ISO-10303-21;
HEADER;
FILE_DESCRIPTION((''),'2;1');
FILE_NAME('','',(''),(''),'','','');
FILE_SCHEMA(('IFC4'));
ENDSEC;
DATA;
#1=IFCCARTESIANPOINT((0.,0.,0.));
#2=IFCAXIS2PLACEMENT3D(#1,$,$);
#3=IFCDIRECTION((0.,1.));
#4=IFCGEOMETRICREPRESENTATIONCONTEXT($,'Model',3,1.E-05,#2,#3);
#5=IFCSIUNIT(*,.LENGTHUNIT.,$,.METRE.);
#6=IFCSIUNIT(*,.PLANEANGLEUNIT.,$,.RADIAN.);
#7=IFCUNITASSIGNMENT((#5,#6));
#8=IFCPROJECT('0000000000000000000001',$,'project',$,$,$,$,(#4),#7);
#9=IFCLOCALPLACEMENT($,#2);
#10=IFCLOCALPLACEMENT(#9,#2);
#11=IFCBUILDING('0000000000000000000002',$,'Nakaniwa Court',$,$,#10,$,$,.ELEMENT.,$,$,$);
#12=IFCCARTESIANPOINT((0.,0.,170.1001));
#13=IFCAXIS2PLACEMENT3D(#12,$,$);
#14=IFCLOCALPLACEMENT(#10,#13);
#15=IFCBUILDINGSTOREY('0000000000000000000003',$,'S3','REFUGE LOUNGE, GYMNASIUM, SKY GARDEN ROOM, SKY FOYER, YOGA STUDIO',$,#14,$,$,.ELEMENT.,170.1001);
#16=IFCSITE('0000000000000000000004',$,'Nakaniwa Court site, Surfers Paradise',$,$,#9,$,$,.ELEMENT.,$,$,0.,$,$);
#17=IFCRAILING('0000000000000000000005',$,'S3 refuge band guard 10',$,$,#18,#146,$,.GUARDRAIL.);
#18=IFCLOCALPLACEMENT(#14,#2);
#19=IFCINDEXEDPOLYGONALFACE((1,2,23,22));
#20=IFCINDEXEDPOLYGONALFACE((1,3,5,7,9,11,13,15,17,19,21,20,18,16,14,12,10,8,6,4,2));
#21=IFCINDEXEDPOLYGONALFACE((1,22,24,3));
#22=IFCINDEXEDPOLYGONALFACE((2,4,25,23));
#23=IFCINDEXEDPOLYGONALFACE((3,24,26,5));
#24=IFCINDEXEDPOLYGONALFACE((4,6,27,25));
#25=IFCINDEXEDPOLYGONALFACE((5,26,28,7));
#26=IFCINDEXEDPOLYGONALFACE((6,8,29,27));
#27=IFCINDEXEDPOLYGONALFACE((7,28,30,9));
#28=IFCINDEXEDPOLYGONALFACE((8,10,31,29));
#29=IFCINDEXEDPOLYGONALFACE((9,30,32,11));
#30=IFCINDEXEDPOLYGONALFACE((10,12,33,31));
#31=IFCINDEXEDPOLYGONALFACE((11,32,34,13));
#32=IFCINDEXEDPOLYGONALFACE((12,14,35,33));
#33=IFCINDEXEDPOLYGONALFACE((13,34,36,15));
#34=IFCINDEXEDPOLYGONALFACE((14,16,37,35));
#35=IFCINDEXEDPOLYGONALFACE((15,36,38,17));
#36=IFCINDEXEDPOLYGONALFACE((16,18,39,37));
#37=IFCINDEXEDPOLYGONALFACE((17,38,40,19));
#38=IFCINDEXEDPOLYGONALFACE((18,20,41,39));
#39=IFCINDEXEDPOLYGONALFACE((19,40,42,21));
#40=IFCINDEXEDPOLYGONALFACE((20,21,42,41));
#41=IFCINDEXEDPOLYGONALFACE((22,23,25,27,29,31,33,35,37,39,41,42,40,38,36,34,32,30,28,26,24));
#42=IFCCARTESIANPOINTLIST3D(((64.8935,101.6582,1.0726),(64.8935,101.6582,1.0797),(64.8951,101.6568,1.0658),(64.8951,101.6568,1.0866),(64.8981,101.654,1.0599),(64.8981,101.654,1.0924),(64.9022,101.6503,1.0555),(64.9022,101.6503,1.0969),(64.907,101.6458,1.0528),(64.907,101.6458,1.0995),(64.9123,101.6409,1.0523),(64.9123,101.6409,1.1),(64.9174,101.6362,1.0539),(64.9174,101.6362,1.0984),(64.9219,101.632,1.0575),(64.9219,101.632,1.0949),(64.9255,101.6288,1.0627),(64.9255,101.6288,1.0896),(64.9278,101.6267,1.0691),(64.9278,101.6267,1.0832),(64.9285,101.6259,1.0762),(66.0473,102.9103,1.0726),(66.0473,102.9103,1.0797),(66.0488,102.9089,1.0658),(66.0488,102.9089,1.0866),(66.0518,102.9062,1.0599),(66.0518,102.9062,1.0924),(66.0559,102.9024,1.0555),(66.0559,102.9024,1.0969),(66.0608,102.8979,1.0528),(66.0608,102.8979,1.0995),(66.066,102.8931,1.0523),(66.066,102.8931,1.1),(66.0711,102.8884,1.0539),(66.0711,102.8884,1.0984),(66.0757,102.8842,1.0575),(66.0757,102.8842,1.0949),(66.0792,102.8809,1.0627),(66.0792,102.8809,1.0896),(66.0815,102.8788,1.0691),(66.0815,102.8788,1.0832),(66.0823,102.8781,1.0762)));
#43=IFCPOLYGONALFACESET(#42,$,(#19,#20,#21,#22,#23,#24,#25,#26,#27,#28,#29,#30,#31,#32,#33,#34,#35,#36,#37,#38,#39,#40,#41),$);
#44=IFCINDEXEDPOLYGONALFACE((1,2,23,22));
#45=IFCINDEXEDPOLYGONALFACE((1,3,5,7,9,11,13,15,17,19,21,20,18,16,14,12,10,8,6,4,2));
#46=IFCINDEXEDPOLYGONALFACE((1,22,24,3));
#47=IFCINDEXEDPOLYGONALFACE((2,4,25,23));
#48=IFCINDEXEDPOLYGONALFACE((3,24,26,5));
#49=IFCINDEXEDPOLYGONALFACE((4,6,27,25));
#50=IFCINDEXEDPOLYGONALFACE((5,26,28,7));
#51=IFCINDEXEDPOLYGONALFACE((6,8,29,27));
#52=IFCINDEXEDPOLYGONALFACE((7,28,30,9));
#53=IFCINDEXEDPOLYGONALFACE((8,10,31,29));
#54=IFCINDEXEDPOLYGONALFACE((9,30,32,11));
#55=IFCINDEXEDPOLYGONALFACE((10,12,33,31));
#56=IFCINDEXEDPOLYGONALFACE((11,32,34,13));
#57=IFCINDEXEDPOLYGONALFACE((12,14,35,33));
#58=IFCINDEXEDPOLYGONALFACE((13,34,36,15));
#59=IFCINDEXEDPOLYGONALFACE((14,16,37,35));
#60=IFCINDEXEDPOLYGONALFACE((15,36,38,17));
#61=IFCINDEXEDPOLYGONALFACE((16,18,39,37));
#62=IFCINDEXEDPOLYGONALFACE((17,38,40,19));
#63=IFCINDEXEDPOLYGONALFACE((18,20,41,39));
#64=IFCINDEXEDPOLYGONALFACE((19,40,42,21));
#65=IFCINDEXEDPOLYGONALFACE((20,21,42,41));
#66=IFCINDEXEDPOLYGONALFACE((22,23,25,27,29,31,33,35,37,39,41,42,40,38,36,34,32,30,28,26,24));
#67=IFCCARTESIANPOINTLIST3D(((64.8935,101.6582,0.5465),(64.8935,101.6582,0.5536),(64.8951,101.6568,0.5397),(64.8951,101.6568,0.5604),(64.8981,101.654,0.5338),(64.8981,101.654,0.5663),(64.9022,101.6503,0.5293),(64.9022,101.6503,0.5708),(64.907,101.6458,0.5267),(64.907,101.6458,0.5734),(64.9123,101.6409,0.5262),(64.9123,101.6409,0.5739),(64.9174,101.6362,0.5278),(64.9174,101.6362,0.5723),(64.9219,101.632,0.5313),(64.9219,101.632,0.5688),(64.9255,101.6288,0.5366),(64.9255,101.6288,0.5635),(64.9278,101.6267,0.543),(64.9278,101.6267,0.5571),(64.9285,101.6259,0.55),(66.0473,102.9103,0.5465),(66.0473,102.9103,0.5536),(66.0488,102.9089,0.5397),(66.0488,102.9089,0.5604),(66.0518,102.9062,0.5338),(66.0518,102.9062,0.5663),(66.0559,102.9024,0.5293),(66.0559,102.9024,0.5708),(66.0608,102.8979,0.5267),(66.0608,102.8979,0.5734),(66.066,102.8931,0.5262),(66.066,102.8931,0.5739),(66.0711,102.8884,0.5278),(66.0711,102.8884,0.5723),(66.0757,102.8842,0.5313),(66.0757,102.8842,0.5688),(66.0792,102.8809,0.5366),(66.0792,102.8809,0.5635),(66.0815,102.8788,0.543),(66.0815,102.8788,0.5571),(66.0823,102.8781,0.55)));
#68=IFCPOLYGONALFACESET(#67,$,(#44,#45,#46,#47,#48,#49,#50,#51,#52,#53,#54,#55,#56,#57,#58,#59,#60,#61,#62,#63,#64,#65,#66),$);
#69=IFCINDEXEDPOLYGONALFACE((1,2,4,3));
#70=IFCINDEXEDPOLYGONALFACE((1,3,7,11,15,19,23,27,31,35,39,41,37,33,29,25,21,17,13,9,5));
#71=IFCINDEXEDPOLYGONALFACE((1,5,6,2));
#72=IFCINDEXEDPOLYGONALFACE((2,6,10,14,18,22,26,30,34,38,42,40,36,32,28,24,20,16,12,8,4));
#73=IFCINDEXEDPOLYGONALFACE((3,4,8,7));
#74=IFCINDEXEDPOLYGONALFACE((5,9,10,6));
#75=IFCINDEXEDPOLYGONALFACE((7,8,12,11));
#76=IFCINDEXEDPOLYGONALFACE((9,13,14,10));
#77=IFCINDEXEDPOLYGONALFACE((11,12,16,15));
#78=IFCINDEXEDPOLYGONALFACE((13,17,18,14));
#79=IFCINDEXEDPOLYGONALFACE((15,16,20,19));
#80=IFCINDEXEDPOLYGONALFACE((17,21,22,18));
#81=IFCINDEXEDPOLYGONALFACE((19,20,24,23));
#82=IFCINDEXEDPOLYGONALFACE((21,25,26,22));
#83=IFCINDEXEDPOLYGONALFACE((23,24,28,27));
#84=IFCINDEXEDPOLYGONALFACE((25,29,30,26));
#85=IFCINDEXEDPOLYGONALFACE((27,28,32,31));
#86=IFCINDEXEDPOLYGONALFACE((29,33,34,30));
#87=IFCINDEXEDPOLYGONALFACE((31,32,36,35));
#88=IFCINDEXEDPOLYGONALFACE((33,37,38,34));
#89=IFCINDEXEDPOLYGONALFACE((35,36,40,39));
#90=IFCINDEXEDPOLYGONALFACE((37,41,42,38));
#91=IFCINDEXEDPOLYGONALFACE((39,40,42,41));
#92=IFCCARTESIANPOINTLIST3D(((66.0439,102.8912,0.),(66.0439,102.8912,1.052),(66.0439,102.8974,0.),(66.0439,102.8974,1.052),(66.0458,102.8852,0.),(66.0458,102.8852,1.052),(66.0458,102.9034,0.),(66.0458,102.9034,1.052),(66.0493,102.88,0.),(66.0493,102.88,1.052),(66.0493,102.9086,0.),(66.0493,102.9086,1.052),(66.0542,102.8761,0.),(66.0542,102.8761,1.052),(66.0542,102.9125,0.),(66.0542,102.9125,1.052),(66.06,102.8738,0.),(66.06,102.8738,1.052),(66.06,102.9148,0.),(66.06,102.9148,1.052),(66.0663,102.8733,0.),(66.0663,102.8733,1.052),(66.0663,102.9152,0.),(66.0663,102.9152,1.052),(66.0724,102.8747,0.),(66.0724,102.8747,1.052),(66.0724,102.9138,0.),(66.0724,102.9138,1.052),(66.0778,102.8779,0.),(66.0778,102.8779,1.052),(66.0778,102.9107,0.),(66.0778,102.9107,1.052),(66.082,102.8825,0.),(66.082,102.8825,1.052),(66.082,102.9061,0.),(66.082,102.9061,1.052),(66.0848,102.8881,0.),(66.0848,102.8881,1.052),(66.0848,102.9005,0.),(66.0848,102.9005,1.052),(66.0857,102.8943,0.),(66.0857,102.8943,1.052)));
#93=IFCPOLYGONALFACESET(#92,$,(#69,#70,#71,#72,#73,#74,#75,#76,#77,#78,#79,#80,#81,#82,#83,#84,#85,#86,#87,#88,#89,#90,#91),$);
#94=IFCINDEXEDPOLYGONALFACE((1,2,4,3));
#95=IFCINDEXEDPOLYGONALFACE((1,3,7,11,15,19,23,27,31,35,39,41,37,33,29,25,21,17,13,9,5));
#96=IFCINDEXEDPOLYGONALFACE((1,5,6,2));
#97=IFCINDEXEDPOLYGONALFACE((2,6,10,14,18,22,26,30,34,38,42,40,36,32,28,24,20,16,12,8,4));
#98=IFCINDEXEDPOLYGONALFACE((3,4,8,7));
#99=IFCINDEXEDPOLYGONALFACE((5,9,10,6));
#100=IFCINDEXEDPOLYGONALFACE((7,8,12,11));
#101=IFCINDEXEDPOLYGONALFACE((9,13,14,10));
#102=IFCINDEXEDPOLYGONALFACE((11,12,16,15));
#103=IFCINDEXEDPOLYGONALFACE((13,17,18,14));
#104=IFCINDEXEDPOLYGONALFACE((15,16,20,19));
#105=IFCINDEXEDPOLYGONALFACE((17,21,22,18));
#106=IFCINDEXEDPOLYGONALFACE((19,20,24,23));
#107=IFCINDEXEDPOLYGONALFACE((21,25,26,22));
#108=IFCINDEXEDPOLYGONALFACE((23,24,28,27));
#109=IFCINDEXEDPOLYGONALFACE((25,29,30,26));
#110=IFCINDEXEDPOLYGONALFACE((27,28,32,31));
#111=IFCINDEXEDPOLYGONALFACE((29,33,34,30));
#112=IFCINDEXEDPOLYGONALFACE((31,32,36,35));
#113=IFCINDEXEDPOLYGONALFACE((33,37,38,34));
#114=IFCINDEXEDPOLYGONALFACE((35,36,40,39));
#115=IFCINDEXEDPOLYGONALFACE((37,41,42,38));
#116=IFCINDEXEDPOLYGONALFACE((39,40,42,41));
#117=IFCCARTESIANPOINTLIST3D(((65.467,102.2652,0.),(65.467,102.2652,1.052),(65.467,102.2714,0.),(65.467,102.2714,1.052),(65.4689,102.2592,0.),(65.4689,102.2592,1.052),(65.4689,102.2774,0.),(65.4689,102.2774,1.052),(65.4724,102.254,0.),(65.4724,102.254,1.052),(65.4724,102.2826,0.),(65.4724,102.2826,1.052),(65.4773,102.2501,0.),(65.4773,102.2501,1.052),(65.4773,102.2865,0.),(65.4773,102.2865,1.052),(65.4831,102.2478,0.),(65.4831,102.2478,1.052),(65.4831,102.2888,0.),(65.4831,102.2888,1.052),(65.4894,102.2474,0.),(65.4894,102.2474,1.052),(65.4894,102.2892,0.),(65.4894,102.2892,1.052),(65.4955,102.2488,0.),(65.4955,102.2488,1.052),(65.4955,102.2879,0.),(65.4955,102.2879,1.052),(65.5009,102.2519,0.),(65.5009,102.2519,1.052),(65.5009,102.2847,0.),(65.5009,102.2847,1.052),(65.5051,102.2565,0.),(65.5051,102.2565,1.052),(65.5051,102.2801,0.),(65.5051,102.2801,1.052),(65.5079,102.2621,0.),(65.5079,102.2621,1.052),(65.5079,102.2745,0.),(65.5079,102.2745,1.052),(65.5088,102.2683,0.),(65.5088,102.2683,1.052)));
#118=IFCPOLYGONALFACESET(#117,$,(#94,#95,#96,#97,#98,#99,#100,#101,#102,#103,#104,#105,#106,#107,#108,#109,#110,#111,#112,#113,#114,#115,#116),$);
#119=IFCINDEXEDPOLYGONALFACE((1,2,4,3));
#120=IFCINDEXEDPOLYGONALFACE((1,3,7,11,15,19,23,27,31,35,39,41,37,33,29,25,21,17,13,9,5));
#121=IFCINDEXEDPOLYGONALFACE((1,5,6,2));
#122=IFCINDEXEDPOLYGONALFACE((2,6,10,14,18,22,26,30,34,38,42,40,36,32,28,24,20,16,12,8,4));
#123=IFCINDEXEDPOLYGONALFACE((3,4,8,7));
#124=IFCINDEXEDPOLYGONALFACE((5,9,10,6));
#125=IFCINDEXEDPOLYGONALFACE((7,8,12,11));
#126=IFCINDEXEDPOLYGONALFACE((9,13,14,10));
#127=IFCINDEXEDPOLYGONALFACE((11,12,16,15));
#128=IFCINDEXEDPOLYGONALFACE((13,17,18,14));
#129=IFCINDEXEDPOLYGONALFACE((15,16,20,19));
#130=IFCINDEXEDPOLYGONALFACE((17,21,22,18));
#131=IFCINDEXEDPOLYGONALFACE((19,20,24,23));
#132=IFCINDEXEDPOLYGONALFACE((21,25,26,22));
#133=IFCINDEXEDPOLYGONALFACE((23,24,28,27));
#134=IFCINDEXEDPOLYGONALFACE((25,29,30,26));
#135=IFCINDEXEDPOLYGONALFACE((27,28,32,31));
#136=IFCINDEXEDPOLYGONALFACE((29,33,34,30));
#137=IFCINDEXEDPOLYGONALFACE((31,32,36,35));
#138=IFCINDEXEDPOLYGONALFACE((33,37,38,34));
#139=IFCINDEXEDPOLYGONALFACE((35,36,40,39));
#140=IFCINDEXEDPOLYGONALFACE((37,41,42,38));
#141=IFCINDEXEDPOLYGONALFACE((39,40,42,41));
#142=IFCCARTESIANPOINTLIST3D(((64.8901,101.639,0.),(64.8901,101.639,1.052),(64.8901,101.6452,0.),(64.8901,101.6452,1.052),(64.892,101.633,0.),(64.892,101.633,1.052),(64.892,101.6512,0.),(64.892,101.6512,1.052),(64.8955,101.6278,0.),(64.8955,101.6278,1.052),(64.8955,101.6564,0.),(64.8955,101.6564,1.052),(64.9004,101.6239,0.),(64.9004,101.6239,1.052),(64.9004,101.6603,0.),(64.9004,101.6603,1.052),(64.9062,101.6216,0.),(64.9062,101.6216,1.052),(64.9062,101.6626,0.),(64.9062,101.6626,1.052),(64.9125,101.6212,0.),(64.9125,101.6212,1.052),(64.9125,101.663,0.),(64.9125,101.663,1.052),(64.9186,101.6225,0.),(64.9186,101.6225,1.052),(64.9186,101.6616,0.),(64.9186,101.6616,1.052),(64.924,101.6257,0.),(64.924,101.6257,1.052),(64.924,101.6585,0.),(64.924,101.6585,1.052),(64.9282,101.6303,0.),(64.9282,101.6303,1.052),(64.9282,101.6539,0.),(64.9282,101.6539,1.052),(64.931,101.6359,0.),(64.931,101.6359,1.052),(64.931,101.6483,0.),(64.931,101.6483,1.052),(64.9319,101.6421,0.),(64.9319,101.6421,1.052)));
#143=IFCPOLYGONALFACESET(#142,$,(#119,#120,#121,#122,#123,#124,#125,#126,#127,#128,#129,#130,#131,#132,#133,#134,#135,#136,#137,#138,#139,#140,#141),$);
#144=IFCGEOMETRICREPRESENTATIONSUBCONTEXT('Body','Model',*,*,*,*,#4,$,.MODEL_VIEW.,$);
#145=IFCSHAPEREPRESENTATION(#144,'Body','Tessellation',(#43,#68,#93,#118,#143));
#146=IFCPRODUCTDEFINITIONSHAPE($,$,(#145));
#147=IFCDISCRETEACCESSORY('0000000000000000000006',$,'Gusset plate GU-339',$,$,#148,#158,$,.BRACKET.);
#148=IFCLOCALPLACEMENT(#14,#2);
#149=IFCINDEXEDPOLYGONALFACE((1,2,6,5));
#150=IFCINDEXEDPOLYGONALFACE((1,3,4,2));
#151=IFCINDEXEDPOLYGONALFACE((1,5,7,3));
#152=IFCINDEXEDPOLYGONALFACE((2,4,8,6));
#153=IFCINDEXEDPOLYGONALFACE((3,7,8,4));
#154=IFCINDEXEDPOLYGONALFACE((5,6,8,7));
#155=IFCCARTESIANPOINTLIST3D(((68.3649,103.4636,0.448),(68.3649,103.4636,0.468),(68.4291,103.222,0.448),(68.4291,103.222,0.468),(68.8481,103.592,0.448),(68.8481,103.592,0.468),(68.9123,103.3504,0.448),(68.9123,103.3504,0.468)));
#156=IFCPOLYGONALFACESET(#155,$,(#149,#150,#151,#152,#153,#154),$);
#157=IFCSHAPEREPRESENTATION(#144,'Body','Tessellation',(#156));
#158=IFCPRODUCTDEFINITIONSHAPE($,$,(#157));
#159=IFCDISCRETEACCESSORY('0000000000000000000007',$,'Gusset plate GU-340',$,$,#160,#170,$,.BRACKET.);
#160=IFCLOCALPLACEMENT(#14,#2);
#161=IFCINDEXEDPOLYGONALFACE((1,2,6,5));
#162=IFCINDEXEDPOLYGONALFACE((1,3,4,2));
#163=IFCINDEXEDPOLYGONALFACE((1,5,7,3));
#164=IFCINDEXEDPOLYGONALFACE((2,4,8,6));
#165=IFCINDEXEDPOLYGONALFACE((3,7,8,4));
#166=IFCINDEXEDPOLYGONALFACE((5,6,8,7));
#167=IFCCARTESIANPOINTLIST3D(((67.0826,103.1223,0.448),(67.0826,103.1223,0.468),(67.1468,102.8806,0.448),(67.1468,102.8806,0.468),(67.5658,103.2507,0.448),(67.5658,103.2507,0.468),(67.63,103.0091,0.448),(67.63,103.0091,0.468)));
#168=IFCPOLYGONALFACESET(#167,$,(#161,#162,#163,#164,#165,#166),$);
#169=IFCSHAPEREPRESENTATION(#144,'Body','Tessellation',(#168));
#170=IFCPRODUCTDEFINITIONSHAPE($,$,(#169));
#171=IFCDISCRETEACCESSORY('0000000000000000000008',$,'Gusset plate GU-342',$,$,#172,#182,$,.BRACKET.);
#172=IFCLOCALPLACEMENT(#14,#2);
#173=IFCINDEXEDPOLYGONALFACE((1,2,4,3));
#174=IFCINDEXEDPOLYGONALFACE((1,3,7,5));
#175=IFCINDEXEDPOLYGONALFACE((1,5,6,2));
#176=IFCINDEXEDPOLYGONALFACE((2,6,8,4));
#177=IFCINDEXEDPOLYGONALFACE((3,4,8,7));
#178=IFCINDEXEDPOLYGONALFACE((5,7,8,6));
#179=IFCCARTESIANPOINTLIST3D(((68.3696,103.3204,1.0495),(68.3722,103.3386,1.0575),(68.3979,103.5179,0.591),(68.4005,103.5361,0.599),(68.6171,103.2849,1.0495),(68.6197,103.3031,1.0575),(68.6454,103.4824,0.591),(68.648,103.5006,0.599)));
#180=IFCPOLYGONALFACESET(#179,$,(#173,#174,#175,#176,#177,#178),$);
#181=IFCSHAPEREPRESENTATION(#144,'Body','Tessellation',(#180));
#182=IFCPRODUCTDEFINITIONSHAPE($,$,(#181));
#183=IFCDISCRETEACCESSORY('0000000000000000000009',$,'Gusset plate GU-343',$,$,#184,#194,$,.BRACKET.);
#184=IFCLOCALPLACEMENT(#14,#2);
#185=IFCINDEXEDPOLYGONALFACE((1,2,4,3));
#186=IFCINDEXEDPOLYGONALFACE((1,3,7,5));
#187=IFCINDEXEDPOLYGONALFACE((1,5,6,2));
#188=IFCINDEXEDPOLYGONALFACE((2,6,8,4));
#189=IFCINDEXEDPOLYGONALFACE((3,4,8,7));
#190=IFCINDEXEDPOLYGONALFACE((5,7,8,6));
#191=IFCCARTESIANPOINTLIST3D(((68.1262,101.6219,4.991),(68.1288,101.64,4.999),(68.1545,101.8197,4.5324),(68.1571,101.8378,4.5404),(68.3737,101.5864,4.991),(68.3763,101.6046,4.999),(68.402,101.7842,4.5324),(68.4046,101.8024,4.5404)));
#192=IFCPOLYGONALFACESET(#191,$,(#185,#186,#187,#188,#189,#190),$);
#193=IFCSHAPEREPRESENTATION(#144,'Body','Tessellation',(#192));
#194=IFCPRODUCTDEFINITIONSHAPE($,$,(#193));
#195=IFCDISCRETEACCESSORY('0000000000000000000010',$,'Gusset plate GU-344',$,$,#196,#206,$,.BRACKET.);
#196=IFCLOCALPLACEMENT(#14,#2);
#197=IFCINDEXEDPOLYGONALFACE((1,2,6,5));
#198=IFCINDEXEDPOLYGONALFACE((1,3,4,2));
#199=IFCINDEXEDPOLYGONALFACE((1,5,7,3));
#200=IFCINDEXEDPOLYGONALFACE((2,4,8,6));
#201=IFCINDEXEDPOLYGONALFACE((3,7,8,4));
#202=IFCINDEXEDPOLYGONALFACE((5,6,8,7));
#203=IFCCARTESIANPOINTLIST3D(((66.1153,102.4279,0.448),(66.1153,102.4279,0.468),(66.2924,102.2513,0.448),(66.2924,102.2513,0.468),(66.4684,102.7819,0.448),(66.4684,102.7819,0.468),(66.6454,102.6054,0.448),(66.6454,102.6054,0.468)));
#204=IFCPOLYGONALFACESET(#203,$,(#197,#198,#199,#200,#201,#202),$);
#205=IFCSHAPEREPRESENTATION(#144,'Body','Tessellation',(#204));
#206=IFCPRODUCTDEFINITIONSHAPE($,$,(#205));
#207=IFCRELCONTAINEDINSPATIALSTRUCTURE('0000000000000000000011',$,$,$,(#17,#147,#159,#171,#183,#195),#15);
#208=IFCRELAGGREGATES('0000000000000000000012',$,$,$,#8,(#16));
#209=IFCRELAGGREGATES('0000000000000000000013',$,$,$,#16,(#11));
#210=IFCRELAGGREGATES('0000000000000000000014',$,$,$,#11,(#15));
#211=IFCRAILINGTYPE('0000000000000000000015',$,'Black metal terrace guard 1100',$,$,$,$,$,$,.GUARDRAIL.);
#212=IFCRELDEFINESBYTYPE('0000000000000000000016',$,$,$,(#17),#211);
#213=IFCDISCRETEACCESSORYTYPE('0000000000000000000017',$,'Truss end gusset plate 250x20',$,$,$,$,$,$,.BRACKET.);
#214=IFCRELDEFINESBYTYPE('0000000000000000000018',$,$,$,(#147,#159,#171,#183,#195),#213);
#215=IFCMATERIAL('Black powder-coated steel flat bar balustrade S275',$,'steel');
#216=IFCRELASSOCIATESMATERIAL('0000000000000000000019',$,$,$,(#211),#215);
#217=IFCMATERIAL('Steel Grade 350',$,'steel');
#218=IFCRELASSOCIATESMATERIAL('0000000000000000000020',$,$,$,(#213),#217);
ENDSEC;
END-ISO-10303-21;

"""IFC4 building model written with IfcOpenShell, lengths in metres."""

from ifc_helpers import new_model, si_unit, direction, frame, origin, origin_2d, place, context, subcontext, project, spatial, rectangle, circle, extrude, material, material_profile, profile_set, type_object, element, save


model = new_model("IFC4")

# Units and contexts
model_context = context("Model", 3, precision=1e-05, world=origin(), true_north=direction((0.0, 1.0)))
body_context = subcontext(model_context, "Body", "Model", "MODEL_VIEW")
ifc_project = project(units=[si_unit("LENGTHUNIT", "METRE"), si_unit("PLANEANGLEUNIT", "RADIAN")], contexts=[model_context])

# Site, building, storey
site_placement = place(None, origin())
site = spatial("IfcSite", under=ifc_project, at=site_placement, Name="Nakaniwa Court site, Surfers Paradise", CompositionType="ELEMENT", RefElevation=0.0)
building_placement = place(site_placement, origin())
building = spatial("IfcBuilding", under=site, at=building_placement, Name="Nakaniwa Court", CompositionType="ELEMENT")
storey_placement = place(building_placement, frame((0.0, 0.0, 170.1001)))
storey = spatial("IfcBuildingStorey", under=building, at=storey_placement, Name="S3", Description="REFUGE LOUNGE, GYMNASIUM, SKY GARDEN ROOM, SKY FOYER, YOGA STUDIO", CompositionType="ELEMENT", Elevation=170.1001)

# Shared definitions
ifc_material_1 = material(Name="Steel Grade 350", Category="steel")

# Railing
ifc_material_2 = material(Name="Black powder-coated steel flat bar balustrade S275", Category="steel")
railing_type = type_object("IfcRailingType", Name="Black metal terrace guard 1100", PredefinedType="GUARDRAIL", material=ifc_material_2)
railing_1_placement = place(storey_placement, frame((66.0647, 102.8943, 0.0)))
element("IfcRailing", 1, at=railing_1_placement, inside=storey, type_object=railing_type, Name="S3 refuge band guard 10", PredefinedType="GUARDRAIL", context=body_context, shape_type="SweptSolid", body=[
    extrude(circle(Radius=0.0239, at=origin_2d()), frame((0.0, 0.0, 1.0762), z_axis=(-0.677625, -0.735408, 0.0), x_axis=(0.735408, -0.677625, 0.0)), (0.0, 0.0, 1.0), 1.7026),
    extrude(circle(Radius=0.0239, at=origin_2d()), frame((0.0, 0.0, 0.55), z_axis=(-0.677625, -0.735408, 0.0), x_axis=(0.735408, -0.677625, 0.0)), (0.0, 0.0, 1.0), 1.7026),
    extrude(circle(Radius=0.021, at=origin_2d()), origin(), (0.0, 0.0, 1.0), 1.052),
    extrude(circle(Radius=0.021, at=origin_2d()), frame((-0.5769, -0.626, 0.0)), (0.0, 0.0, 1.0), 1.052),
    extrude(circle(Radius=0.021, at=origin_2d()), frame((-1.1538, -1.2522, 0.0)), (0.0, 0.0, 1.0), 1.052),
])

# Discrete accessories
ifc_material_profile_1 = material_profile(ifc_material_1, rectangle(XDim=0.25, YDim=0.02, at=origin_2d()), Name="Truss end gusset plate 250x20")
ifc_profile_set_1 = profile_set([ifc_material_profile_1], Name="Steel Grade 350")
discrete_accessory_type = type_object("IfcDiscreteAccessoryType", Name="Truss end gusset plate 250x20", PredefinedType="BRACKET", material=ifc_profile_set_1)
for number, where, z_axis, x_axis, name in (
    (2, (68.397, 103.3428, 0.458), (0.966445, 0.256872, 0.0), (-0.256872, 0.966445, 0.0), "Gusset plate GU-339"),
    (3, (67.5979, 103.1299, 0.458), (-0.966445, -0.256872, 0.0), (0.256872, -0.966445, 0.0), "Gusset plate GU-340"),
    (4, (68.4946, 103.3118, 1.0535), (0.056637, 0.394995, -0.916936), (-0.989876, 0.141935, 0.0), "Gusset plate GU-342"),
):
    element("IfcDiscreteAccessory", number, at=place(storey_placement, frame(where, z_axis=z_axis, x_axis=x_axis)), inside=storey, type_object=discrete_accessory_type, Name=name, PredefinedType="BRACKET", context=body_context, shape_type="SweptSolid", body=[
        extrude(rectangle(XDim=0.25, YDim=0.02, at=origin_2d()), origin(), (0.0, 0.0, 1.0), 0.5),
    ])
discrete_accessory_1_placement = place(storey_placement, frame((68.2795, 101.811, 4.5364), z_axis=(-0.056626, -0.395407, 0.916759), x_axis=(0.989901, -0.141764, 0.0)))
element("IfcDiscreteAccessory", 5, at=discrete_accessory_1_placement, inside=storey, type_object=discrete_accessory_type, Name="Gusset plate GU-343", PredefinedType="BRACKET", context=body_context, shape_type="SweptSolid", body=[
    extrude(rectangle(XDim=0.25, YDim=0.02, at=origin_2d()), origin(), (0.0, 0.0, 1.0), 0.5002),
])
for number, where, z_axis, x_axis, name in (
    (6, (66.2039, 102.3396, 0.458), (0.706129, 0.708083, 0.0), (-0.708083, 0.706129, 0.0), "Gusset plate GU-344"),
):
    element("IfcDiscreteAccessory", number, at=place(storey_placement, frame(where, z_axis=z_axis, x_axis=x_axis)), inside=storey, type_object=discrete_accessory_type, Name=name, PredefinedType="BRACKET", context=body_context, shape_type="SweptSolid", body=[
        extrude(rectangle(XDim=0.25, YDim=0.02, at=origin_2d()), origin(), (0.0, 0.0, 1.0), 0.5),
    ])

save(model, "model.ifc")
